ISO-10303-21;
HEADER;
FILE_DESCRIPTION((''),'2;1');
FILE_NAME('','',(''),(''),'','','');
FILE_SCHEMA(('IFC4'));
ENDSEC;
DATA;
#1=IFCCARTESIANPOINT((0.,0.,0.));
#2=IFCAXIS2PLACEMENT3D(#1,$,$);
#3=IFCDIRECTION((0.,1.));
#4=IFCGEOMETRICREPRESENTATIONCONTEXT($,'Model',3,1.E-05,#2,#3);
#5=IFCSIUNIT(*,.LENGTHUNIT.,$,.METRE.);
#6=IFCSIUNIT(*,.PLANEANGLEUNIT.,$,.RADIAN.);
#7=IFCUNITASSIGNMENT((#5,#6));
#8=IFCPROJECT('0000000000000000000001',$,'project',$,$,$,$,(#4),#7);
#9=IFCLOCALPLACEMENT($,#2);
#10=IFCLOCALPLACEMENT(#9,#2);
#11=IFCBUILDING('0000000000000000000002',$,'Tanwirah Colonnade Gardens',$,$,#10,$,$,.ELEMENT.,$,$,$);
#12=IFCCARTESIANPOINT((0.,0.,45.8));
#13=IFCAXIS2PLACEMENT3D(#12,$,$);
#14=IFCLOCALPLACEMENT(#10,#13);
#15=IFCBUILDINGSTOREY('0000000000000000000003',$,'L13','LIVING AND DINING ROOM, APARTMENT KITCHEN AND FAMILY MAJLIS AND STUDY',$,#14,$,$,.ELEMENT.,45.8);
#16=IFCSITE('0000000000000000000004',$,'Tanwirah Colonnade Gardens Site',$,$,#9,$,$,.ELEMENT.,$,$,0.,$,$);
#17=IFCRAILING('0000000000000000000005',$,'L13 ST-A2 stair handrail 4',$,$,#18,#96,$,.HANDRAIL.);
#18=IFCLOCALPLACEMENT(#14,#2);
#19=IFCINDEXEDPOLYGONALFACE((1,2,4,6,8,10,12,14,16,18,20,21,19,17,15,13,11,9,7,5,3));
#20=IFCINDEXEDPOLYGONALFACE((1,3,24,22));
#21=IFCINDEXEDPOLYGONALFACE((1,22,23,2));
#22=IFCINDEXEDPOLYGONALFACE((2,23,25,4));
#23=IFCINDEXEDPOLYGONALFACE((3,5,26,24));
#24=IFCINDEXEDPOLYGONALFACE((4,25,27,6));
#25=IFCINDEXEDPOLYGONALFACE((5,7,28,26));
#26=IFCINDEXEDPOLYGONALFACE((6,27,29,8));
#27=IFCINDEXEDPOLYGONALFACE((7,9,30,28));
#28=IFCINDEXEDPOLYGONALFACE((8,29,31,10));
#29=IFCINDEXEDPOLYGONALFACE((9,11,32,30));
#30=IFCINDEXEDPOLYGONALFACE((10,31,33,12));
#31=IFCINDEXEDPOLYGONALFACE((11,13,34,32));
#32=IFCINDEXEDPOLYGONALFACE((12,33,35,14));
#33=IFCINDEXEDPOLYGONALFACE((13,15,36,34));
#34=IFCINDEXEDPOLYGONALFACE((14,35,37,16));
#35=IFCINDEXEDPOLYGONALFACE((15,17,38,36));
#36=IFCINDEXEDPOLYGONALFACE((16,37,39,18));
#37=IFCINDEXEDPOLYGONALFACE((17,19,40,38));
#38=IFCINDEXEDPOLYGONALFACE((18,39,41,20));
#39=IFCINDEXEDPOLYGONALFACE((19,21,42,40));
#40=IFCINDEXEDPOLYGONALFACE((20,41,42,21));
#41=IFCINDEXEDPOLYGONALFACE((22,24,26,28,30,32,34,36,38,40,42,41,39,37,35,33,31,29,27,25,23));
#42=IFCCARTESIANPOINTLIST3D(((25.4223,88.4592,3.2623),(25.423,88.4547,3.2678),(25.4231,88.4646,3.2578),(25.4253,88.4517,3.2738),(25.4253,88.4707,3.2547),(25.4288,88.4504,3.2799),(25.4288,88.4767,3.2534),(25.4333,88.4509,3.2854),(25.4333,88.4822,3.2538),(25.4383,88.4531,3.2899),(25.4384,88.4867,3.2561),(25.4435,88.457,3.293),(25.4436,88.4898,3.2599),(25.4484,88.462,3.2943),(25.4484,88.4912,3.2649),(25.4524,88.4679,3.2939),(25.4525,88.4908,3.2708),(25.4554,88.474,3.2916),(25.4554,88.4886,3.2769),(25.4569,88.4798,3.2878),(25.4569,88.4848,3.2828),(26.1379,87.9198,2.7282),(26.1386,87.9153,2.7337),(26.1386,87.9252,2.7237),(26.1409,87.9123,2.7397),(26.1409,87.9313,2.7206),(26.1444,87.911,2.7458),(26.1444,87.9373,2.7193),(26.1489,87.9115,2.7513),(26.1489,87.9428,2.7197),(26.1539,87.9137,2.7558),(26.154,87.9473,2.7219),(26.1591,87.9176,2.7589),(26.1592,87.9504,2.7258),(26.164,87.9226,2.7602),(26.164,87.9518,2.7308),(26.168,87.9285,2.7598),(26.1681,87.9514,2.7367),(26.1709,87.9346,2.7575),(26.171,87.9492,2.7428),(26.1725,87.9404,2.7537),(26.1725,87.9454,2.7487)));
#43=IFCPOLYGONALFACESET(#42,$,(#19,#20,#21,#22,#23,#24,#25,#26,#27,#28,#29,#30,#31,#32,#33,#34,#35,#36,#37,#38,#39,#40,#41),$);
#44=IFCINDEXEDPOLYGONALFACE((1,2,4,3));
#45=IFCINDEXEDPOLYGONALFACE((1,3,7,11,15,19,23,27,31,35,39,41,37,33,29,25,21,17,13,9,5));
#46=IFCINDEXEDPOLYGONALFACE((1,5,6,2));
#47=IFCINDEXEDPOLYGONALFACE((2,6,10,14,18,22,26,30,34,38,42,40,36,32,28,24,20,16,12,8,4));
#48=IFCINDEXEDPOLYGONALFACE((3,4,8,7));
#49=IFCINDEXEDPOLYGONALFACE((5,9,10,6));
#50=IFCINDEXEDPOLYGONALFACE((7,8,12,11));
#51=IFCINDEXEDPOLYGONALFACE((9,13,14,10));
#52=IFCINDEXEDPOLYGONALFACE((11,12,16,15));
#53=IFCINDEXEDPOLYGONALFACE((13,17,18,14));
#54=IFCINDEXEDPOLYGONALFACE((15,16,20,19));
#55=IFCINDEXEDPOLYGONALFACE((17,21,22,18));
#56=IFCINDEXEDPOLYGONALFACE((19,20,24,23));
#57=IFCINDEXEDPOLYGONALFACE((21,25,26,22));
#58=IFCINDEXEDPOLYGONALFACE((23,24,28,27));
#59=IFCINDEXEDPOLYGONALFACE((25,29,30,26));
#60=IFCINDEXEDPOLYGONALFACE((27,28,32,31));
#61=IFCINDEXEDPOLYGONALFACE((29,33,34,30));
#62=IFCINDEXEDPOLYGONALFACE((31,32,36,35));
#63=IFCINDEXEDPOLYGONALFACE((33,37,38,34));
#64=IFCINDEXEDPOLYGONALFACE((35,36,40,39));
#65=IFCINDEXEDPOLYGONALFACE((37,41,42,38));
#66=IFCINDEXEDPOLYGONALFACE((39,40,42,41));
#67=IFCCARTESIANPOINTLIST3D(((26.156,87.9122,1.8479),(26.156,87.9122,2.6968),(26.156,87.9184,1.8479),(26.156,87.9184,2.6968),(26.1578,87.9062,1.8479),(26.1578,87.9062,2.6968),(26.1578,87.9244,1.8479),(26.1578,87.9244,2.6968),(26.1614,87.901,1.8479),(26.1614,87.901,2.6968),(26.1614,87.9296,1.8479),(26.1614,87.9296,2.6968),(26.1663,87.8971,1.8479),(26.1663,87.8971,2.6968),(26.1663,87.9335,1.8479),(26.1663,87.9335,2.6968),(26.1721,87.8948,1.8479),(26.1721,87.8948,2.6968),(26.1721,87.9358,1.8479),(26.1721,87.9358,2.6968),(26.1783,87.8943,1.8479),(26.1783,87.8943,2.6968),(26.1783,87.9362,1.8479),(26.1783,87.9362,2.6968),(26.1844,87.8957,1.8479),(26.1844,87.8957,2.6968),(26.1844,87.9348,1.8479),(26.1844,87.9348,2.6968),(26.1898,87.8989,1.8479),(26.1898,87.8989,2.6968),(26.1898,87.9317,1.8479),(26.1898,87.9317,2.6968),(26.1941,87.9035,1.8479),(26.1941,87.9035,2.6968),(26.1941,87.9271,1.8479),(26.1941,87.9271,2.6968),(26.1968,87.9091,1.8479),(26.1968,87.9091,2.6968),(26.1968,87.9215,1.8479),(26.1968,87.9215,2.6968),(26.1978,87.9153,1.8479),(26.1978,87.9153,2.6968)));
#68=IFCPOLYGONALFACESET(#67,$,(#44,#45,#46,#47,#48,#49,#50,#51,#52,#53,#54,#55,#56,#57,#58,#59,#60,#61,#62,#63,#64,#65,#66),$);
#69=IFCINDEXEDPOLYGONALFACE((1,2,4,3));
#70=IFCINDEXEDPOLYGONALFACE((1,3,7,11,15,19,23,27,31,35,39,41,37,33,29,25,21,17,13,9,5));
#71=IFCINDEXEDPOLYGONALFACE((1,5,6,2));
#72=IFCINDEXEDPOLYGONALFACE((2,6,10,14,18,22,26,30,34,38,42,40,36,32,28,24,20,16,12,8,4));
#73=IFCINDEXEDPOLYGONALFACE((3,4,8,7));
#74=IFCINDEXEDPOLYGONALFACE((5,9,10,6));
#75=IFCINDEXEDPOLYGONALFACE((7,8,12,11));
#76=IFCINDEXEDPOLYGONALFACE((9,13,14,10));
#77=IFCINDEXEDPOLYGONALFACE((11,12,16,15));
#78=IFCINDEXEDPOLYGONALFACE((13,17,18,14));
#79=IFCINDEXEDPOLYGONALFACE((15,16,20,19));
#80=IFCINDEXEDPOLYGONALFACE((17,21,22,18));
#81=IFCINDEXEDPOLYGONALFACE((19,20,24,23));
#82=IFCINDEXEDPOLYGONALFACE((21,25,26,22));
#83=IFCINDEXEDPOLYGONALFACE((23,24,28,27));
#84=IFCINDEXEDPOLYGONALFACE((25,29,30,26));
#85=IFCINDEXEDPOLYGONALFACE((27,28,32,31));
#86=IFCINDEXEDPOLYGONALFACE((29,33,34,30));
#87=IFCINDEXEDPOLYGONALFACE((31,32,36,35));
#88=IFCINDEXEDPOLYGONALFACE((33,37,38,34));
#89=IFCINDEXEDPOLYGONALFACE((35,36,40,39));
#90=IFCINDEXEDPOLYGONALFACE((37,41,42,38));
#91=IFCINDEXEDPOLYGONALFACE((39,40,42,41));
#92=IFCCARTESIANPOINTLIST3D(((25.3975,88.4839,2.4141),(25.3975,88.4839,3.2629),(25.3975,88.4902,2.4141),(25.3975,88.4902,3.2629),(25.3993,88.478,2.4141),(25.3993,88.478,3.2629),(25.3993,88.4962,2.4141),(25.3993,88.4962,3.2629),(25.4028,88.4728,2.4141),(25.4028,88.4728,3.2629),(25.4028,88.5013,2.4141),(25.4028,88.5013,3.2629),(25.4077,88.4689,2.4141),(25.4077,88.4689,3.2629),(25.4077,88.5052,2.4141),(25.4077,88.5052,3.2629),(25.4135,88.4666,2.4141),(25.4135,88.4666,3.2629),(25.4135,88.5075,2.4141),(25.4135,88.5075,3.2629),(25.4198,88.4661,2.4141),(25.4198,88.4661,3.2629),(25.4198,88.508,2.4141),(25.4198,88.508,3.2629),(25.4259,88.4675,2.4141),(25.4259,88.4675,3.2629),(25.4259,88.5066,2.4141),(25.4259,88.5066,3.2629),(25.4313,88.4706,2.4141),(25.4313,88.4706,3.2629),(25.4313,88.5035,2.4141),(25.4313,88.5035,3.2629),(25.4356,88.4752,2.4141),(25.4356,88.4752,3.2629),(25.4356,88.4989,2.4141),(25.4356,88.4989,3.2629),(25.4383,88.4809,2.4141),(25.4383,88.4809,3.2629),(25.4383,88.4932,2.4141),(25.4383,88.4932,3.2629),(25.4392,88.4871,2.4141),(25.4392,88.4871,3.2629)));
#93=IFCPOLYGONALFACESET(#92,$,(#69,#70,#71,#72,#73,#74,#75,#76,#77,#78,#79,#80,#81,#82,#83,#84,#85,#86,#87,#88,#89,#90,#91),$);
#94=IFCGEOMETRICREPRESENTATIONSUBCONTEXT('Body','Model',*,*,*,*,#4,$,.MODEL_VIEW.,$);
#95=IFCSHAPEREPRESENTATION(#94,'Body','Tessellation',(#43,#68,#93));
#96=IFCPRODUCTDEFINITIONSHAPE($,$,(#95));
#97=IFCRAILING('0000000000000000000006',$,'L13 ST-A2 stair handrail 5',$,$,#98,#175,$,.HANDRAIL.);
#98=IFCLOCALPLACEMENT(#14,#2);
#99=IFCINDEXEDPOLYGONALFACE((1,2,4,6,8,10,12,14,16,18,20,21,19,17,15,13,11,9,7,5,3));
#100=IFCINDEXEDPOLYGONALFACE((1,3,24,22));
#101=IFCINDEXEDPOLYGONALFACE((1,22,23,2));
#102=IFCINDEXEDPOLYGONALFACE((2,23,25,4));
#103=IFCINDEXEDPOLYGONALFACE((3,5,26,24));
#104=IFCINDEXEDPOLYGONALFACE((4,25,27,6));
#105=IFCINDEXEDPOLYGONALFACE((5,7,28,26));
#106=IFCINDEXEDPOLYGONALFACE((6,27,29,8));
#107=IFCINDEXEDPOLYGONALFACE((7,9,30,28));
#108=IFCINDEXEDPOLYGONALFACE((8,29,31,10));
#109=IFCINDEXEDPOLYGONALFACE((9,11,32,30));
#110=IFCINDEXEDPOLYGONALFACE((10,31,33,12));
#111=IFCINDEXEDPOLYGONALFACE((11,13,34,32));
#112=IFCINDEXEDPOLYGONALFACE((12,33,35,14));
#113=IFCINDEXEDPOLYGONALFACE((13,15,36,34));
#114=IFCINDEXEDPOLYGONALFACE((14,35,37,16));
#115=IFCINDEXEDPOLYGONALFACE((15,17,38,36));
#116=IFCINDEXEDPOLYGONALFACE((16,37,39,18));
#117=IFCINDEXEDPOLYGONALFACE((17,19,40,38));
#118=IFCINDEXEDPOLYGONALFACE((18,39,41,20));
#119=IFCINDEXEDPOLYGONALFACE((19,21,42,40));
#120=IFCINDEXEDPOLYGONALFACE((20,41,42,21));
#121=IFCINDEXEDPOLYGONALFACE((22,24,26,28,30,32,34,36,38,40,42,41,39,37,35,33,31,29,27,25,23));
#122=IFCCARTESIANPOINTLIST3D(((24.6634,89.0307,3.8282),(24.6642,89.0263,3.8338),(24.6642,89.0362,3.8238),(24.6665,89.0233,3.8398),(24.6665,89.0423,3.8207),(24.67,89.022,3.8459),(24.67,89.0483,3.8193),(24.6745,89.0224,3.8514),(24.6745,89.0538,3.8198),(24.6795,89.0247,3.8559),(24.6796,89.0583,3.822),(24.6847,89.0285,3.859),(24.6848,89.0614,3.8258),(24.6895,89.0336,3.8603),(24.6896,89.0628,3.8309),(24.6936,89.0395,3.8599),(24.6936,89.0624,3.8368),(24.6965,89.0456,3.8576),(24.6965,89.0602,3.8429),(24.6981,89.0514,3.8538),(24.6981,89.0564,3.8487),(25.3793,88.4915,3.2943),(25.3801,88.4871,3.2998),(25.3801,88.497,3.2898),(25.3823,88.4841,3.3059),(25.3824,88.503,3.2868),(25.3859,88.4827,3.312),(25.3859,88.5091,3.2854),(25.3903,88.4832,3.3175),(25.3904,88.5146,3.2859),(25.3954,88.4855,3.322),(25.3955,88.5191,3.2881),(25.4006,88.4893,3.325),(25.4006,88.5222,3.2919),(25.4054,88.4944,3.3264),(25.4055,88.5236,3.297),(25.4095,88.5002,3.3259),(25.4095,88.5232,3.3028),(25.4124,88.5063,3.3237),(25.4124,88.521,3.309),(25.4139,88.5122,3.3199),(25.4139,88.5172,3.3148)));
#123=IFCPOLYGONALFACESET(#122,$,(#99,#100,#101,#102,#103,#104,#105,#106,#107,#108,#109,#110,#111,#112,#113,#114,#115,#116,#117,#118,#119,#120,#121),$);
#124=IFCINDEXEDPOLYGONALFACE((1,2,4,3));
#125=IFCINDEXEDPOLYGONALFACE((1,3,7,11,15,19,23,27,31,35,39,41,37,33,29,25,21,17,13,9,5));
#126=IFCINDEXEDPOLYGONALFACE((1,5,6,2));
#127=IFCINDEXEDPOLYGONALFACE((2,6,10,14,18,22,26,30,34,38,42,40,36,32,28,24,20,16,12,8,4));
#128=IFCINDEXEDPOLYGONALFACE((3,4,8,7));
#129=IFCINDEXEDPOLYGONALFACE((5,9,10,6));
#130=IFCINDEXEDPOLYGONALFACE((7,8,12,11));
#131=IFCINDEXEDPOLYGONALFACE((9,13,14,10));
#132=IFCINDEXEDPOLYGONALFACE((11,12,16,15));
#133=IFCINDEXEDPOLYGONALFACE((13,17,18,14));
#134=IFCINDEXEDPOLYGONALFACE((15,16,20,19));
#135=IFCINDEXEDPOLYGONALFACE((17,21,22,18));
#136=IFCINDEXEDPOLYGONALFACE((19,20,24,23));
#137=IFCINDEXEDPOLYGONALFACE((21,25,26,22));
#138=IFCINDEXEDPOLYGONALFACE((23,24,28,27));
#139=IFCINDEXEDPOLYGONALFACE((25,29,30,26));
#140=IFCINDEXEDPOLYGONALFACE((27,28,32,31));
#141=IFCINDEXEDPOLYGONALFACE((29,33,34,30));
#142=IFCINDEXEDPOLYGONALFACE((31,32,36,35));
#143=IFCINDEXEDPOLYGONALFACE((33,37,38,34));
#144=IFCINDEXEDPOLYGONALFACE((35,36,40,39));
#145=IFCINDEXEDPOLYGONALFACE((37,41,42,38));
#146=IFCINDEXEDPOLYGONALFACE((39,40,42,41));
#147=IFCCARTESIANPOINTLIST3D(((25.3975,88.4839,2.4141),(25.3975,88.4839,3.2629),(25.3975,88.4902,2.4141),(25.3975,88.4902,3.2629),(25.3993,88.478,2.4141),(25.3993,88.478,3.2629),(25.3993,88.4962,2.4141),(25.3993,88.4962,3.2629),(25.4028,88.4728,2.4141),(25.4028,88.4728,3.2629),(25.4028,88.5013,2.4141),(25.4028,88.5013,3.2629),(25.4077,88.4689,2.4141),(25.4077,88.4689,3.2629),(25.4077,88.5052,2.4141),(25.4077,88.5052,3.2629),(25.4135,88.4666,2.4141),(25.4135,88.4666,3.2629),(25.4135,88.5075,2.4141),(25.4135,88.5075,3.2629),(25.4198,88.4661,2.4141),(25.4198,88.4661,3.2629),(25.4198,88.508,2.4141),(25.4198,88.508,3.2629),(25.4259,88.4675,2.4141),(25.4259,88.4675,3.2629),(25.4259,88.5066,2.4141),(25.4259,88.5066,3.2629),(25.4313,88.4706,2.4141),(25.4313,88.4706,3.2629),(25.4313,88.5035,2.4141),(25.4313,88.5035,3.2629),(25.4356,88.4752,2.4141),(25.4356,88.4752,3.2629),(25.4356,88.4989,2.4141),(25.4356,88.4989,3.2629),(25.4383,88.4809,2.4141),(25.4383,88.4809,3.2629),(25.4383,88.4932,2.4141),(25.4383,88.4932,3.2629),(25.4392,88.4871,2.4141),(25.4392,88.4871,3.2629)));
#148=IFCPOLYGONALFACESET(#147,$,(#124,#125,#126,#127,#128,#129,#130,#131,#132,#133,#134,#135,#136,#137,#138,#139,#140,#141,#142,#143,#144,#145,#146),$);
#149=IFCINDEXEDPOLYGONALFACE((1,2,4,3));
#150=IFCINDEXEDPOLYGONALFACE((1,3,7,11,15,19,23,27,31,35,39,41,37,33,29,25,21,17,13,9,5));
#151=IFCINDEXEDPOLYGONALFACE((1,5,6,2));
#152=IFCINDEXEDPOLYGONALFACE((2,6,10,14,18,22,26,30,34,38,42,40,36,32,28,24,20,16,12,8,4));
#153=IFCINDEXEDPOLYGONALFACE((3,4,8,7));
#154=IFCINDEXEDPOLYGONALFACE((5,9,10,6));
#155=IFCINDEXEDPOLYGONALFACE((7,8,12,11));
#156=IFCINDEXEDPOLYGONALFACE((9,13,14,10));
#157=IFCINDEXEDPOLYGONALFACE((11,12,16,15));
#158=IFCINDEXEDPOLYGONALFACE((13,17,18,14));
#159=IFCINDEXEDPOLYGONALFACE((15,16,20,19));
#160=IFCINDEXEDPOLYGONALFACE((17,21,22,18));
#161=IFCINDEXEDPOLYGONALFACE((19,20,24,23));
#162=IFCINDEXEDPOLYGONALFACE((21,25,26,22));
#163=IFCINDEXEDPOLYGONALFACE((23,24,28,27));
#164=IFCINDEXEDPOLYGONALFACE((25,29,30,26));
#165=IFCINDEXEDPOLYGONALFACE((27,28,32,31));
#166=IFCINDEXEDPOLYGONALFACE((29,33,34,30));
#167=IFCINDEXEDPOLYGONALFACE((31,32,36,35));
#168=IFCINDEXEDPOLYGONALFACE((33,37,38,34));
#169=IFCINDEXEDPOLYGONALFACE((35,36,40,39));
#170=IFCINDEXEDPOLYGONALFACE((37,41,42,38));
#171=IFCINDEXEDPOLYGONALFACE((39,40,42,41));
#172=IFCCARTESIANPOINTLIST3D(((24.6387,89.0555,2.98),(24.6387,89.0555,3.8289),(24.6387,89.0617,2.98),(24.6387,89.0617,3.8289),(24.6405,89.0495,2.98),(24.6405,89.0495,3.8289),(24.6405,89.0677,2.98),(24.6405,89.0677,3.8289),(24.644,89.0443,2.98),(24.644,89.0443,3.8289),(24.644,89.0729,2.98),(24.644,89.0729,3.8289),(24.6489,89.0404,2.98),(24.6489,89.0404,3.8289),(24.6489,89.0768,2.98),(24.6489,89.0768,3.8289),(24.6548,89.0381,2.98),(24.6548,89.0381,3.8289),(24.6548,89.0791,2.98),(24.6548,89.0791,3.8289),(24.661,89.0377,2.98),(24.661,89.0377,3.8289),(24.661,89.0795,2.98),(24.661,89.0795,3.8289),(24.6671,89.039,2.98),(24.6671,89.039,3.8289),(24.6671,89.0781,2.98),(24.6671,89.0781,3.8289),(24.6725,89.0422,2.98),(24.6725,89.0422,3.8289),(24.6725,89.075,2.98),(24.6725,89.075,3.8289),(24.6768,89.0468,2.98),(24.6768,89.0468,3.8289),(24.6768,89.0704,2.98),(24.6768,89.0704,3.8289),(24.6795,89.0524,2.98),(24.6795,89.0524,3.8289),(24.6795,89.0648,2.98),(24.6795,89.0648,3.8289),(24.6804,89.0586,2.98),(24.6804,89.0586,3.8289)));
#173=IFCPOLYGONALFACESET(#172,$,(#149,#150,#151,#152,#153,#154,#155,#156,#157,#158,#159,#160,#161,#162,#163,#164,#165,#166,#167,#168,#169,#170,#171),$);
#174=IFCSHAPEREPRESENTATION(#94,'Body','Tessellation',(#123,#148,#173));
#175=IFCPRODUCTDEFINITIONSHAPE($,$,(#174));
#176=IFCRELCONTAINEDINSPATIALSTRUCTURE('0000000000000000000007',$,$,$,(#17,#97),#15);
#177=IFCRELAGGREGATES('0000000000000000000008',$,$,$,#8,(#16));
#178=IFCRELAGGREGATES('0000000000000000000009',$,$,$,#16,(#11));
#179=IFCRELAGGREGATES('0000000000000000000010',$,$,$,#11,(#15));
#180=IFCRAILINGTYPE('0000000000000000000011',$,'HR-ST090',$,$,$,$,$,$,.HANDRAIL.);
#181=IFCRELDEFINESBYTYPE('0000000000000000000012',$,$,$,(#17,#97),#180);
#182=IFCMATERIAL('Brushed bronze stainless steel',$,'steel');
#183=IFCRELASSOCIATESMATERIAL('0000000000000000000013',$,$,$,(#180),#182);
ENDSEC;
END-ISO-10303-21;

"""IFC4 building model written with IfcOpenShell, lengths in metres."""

from ifc_helpers import new_model, si_unit, direction, frame, origin, origin_2d, place, context, subcontext, project, spatial, circle, extrude, material, type_object, element, save


model = new_model("IFC4")

# Units and contexts
model_context = context("Model", 3, precision=1e-05, world=origin(), true_north=direction((0.0, 1.0)))
body_context = subcontext(model_context, "Body", "Model", "MODEL_VIEW")
ifc_project = project(units=[si_unit("LENGTHUNIT", "METRE"), si_unit("PLANEANGLEUNIT", "RADIAN")], contexts=[model_context])

# Site, building, storey
site_placement = place(None, origin())
site = spatial("IfcSite", under=ifc_project, at=site_placement, Name="Tanwirah Colonnade Gardens Site", CompositionType="ELEMENT", RefElevation=0.0)
building_placement = place(site_placement, origin())
building = spatial("IfcBuilding", under=site, at=building_placement, Name="Tanwirah Colonnade Gardens", CompositionType="ELEMENT")
storey_placement = place(building_placement, frame((0.0, 0.0, 45.8)))
storey = spatial("IfcBuildingStorey", under=building, at=storey_placement, Name="L13", Description="LIVING AND DINING ROOM, APARTMENT KITCHEN AND FAMILY MAJLIS AND STUDY", CompositionType="ELEMENT", Elevation=45.8)

# Railings
ifc_material_1 = material(Name="Brushed bronze stainless steel", Category="steel")
railing_type_1 = type_object("IfcRailingType", Name="HR-ST090", PredefinedType="HANDRAIL", material=ifc_material_1)
railing_1_placement = place(storey_placement, frame((26.1768, 87.9153, 1.8479)))
element("IfcRailing", 1, at=railing_1_placement, inside=storey, type_object=railing_type_1, Name="L13 ST-A2 stair handrail 4", PredefinedType="HANDRAIL", context=body_context, shape_type="SweptSolid", body=[
    extrude(circle(Radius=0.0239, at=origin_2d()), frame((-0.0215, 0.0161, 0.8918), z_axis=(-0.685951, 0.517057, 0.511979), x_axis=(-0.601931, -0.798548, 0.0)), (0.0, 0.0, 1.0), 1.0432),
    extrude(circle(Radius=0.021, at=origin_2d()), origin(), (0.0, 0.0, 1.0), 0.8489),
    extrude(circle(Radius=0.021, at=origin_2d()), frame((-0.7585, 0.5718, 0.5662)), (0.0, 0.0, 1.0), 0.8489),
])
railing_2_placement = place(storey_placement, frame((25.4182, 88.4871, 2.4141)))
element("IfcRailing", 2, at=railing_2_placement, inside=storey, type_object=railing_type_1, Name="L13 ST-A2 stair handrail 5", PredefinedType="HANDRAIL", context=body_context, shape_type="SweptSolid", body=[
    extrude(circle(Radius=0.0239, at=origin_2d()), frame((-0.0215, 0.0161, 0.8918), z_axis=(-0.686224, 0.516876, 0.511797), x_axis=(-0.601644, -0.798765, 0.0)), (0.0, 0.0, 1.0), 1.0432),
    extrude(circle(Radius=0.021, at=origin_2d()), origin(), (0.0, 0.0, 1.0), 0.8489),
    extrude(circle(Radius=0.021, at=origin_2d()), frame((-0.7588, 0.5715, 0.5659)), (0.0, 0.0, 1.0), 0.8489),
])

save(model, "model.ifc")
